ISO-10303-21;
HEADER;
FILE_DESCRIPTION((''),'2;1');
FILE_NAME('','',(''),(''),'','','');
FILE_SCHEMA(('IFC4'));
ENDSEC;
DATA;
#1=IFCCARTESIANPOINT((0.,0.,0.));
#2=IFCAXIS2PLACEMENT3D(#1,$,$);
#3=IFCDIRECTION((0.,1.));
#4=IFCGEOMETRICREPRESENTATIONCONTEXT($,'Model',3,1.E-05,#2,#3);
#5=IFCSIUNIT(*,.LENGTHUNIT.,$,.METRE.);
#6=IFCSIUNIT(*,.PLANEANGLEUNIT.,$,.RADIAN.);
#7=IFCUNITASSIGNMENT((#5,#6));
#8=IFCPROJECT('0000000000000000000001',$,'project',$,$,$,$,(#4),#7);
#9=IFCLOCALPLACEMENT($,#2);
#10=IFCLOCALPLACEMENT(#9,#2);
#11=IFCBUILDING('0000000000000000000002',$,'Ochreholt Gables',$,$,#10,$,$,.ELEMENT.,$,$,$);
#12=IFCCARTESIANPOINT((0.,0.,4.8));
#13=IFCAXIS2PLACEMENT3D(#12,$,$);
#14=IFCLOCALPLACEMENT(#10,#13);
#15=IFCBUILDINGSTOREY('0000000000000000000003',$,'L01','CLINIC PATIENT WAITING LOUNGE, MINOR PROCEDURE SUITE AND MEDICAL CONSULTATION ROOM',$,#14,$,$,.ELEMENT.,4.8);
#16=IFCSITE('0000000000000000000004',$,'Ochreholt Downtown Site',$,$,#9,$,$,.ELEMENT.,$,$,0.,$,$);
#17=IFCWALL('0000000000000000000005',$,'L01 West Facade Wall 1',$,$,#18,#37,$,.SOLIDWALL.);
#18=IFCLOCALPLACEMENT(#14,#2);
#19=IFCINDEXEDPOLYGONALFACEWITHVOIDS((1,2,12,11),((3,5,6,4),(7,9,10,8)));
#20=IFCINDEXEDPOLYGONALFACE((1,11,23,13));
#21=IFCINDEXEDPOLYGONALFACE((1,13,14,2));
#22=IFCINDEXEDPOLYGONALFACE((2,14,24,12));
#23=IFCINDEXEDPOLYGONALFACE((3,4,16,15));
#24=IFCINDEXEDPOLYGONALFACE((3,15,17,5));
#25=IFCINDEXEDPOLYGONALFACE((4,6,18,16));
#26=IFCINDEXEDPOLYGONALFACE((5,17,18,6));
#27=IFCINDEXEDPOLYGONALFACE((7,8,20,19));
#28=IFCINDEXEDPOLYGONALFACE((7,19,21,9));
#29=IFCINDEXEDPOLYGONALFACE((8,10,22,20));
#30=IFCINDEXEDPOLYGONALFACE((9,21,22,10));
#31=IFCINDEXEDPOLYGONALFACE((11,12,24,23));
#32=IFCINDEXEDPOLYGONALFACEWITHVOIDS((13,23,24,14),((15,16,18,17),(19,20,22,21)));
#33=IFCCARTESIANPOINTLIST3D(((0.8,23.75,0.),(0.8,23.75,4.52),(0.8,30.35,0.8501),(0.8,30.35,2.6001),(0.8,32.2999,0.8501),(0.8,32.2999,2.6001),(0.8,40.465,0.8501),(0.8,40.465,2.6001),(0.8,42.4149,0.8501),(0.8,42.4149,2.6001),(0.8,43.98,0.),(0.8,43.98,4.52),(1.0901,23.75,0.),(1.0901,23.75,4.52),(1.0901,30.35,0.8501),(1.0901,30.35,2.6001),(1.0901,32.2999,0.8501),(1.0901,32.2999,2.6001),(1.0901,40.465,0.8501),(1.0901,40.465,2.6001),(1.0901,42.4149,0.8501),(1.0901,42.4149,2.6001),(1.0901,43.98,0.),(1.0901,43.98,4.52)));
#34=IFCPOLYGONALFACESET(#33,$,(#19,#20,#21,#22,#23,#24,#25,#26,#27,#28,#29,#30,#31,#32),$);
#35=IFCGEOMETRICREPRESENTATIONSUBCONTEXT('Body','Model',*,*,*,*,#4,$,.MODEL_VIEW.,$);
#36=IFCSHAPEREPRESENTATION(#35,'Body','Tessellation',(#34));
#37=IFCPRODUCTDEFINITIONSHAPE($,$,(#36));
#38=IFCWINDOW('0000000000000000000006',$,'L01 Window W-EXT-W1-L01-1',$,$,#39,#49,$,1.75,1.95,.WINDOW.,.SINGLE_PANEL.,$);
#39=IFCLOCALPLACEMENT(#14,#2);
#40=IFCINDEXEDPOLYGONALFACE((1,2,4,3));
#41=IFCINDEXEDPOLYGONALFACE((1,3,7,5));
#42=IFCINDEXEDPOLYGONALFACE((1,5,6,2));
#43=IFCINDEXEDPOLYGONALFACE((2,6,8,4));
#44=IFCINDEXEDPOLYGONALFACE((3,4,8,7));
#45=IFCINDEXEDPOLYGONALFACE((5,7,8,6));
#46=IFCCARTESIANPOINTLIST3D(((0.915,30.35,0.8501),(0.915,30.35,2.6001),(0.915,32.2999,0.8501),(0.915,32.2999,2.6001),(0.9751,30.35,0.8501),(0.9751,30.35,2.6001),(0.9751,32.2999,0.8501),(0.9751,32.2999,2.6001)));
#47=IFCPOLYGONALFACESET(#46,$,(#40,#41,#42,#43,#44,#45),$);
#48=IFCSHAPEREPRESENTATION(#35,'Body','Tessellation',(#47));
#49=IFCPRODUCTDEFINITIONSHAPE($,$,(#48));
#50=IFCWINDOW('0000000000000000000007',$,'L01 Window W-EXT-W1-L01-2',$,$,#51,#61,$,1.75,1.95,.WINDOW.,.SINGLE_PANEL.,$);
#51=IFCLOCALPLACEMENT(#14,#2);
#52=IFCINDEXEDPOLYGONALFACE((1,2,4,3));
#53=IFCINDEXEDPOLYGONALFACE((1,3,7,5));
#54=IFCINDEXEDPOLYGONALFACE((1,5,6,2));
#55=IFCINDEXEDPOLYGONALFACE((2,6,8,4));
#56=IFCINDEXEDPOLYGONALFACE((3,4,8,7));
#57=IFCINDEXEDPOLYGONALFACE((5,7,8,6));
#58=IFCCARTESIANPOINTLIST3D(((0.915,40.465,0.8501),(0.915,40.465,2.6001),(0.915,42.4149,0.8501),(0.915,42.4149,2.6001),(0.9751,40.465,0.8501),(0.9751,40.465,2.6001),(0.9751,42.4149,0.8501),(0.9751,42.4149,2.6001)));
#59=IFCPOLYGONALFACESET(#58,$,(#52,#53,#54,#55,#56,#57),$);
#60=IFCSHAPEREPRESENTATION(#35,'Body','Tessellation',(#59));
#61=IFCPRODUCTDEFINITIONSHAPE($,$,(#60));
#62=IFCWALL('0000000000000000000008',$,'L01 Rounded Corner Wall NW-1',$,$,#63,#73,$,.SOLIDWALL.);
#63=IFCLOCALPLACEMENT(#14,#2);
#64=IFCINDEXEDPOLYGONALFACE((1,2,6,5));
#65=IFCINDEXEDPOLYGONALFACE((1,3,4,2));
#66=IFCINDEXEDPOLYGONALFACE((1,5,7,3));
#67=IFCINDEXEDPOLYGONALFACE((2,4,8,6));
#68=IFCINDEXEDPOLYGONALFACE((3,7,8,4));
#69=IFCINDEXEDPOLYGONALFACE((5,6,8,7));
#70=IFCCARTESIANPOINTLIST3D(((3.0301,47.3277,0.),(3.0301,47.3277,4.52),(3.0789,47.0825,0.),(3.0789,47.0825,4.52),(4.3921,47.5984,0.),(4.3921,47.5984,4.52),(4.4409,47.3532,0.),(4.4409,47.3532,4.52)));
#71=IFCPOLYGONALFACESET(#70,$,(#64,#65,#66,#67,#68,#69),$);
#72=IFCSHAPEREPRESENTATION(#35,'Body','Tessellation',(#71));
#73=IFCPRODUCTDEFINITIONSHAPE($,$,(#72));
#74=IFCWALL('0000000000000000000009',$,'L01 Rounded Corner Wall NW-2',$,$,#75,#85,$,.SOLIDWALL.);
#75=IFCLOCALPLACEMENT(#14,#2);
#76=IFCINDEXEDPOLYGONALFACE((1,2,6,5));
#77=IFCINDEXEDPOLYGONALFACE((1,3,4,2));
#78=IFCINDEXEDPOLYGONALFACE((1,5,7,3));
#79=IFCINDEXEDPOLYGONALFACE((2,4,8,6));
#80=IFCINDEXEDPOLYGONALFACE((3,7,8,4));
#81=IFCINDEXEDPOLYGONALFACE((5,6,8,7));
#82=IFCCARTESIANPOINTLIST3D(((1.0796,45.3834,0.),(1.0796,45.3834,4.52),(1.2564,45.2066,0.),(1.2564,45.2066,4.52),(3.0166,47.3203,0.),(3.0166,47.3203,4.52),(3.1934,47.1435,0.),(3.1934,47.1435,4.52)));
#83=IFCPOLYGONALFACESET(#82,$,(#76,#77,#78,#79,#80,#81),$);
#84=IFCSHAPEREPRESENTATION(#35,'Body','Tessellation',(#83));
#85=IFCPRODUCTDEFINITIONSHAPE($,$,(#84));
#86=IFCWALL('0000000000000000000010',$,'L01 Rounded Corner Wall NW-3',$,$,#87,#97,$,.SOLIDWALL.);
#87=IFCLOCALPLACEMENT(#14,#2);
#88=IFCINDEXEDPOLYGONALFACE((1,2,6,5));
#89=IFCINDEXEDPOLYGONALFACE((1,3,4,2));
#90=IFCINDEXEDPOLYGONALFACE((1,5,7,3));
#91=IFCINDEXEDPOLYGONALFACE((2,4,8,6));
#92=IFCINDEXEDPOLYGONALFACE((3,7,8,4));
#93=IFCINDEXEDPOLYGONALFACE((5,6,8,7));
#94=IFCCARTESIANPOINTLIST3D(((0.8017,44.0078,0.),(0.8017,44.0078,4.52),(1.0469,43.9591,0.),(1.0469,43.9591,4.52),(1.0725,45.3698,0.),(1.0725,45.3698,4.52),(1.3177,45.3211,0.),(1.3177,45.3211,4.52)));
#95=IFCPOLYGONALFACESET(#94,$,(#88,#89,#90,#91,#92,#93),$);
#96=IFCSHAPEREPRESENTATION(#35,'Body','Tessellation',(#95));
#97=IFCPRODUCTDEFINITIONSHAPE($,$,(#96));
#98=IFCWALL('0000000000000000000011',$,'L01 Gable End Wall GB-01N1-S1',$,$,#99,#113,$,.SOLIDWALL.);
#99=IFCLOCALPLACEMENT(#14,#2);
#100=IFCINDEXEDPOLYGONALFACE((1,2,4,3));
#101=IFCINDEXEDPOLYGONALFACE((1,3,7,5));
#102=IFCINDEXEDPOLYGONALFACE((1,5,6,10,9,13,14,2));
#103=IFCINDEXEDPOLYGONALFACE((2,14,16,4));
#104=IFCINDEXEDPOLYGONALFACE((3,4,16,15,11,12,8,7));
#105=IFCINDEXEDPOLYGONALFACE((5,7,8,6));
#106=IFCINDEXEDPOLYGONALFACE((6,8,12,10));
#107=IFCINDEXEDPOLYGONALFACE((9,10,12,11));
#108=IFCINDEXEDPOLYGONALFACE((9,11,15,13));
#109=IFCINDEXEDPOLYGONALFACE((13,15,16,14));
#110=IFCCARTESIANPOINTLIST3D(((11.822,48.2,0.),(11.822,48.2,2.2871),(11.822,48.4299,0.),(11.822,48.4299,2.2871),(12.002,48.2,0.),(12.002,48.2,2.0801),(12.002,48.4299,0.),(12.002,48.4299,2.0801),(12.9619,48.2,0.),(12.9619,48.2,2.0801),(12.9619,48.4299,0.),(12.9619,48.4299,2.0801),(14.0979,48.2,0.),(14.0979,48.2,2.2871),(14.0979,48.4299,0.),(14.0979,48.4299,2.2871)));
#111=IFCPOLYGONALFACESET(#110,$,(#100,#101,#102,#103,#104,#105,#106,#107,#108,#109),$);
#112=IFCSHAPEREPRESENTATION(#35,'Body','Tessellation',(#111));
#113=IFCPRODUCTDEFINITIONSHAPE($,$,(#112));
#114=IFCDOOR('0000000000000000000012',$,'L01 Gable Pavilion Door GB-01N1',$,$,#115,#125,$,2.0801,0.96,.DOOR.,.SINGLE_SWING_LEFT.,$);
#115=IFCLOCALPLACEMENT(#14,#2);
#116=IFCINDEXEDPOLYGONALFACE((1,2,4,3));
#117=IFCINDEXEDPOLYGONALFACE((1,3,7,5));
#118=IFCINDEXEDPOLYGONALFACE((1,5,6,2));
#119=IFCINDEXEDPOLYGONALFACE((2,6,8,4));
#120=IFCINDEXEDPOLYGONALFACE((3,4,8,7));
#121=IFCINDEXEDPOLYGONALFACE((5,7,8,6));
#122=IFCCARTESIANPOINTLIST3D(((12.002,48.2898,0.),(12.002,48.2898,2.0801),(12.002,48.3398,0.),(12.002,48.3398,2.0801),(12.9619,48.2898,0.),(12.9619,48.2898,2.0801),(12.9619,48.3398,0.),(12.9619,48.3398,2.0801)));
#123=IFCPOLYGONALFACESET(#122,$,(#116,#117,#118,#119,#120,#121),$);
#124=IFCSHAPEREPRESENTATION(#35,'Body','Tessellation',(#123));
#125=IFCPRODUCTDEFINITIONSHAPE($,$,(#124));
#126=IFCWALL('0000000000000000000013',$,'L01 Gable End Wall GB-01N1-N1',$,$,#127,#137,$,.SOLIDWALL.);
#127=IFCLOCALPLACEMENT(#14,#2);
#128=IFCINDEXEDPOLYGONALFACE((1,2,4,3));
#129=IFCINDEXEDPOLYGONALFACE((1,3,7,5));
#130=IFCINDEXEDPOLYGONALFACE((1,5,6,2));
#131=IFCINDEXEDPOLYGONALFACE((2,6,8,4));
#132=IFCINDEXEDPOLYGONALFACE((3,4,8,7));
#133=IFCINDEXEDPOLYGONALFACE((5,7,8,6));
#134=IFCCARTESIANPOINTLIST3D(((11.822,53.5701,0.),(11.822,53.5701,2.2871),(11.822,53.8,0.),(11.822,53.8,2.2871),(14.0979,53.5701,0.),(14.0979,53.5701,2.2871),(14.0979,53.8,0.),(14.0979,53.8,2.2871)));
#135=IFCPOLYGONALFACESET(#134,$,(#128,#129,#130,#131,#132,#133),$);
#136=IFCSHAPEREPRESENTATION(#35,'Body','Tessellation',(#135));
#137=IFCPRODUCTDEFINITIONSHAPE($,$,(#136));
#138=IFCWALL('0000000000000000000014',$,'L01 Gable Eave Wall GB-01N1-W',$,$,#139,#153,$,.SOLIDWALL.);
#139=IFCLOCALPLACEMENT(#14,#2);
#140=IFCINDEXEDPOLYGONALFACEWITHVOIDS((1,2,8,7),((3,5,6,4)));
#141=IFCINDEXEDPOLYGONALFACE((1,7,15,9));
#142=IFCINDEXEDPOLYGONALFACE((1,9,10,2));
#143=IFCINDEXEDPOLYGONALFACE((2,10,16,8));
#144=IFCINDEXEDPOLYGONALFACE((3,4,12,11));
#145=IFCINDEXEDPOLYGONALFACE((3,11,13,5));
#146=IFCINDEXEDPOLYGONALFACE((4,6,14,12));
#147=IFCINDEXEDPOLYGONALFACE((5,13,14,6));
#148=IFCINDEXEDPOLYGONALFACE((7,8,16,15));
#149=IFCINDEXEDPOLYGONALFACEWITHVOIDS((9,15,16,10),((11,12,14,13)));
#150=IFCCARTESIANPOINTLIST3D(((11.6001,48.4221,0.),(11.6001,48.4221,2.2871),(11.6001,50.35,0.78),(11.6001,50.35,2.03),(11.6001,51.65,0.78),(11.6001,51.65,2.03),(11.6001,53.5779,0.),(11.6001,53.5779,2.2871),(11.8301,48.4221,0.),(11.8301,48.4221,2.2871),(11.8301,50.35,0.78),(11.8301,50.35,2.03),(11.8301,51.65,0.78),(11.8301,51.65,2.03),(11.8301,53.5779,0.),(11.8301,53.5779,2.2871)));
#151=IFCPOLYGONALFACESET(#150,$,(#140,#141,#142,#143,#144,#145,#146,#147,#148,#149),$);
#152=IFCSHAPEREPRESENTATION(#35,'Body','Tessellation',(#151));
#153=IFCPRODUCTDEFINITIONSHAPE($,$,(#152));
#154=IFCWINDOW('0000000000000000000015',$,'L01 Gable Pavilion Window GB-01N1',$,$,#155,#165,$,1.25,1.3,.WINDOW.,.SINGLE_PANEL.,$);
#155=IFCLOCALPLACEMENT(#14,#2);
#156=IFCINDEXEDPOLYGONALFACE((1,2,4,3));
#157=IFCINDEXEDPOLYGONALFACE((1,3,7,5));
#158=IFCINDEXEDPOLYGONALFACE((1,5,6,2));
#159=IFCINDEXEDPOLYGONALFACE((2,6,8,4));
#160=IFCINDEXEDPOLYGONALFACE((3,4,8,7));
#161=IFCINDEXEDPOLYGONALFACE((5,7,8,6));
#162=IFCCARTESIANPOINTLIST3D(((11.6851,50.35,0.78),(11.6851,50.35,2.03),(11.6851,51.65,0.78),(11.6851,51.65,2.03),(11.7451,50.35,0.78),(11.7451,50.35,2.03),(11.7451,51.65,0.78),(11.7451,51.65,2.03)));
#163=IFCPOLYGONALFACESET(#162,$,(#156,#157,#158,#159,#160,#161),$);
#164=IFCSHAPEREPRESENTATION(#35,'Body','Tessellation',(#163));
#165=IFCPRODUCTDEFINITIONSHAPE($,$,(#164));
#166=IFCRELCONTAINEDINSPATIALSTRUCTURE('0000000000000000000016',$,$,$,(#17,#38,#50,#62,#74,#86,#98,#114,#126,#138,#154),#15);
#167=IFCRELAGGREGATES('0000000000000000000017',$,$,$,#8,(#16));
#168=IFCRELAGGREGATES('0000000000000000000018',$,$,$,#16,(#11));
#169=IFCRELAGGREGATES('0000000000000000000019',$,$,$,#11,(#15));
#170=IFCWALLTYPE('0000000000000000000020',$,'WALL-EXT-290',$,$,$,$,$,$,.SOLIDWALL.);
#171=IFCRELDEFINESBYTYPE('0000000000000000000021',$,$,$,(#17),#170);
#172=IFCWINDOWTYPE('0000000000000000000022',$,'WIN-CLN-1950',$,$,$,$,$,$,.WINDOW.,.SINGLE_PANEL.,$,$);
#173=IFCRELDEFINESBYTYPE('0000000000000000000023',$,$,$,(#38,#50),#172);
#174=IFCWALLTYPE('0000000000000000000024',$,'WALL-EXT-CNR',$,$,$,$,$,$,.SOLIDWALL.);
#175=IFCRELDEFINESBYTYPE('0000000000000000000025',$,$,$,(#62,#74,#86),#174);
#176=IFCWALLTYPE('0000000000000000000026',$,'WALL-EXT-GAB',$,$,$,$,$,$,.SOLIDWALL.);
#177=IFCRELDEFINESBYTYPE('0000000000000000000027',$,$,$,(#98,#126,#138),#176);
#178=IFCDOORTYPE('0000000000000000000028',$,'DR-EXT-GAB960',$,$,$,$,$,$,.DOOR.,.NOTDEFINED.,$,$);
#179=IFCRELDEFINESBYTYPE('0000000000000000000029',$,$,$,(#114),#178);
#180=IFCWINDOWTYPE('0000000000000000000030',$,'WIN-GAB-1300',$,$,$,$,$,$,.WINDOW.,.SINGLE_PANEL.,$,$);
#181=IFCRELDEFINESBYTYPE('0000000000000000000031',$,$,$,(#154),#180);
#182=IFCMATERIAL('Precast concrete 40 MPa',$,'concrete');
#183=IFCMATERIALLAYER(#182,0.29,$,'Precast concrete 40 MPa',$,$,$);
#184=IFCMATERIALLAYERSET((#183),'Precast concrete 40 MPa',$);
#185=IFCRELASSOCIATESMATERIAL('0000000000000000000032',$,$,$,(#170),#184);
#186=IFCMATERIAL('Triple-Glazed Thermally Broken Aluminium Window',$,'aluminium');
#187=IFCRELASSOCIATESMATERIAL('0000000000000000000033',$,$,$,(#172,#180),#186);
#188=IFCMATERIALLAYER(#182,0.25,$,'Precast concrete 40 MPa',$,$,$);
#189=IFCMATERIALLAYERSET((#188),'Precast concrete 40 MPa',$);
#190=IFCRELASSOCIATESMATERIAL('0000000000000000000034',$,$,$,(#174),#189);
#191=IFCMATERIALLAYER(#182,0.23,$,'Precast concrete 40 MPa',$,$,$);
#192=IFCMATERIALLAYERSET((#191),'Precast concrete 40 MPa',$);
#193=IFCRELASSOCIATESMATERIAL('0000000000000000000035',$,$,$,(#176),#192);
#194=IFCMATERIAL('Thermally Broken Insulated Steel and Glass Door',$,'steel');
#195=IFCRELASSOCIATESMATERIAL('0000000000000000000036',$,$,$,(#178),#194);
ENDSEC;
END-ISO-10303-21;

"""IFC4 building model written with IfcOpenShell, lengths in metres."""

from ifc_helpers import new_model, si_unit, direction, frame, frame_2d, origin, place, context, subcontext, project, spatial, rectangle, extrude, material, layer, layer_set, type_object, element, fill, save


model = new_model("IFC4")

# Units and contexts
model_context = context("Model", 3, precision=1e-05, world=origin(), true_north=direction((0.0, 1.0)))
body_context = subcontext(model_context, "Body", "Model", "MODEL_VIEW")
ifc_project = project(units=[si_unit("LENGTHUNIT", "METRE"), si_unit("PLANEANGLEUNIT", "RADIAN")], contexts=[model_context])

# Site, building, storey
site_placement = place(None, origin())
site = spatial("IfcSite", under=ifc_project, at=site_placement, Name="Ochreholt Downtown Site", CompositionType="ELEMENT", RefElevation=0.0)
building_placement = place(site_placement, origin())
building = spatial("IfcBuilding", under=site, at=building_placement, Name="Ochreholt Gables", CompositionType="ELEMENT")
storey_placement = place(building_placement, frame((0.0, 0.0, 4.8)))
storey = spatial("IfcBuildingStorey", under=building, at=storey_placement, Name="L01", Description="CLINIC PATIENT WAITING LOUNGE, MINOR PROCEDURE SUITE AND MEDICAL CONSULTATION ROOM", CompositionType="ELEMENT", Elevation=4.8)

# Shared definitions
ifc_material_1 = material(Name="Precast concrete 40 MPa", Category="concrete")

# Wall, openings, windows
ifc_layer_1 = layer(ifc_material_1, 0.29, Name="Precast concrete 40 MPa")
ifc_layer_set_1 = layer_set([ifc_layer_1], Name="Precast concrete 40 MPa")
wall_type_1 = type_object("IfcWallType", Name="WALL-EXT-290", PredefinedType="SOLIDWALL", material=ifc_layer_set_1)
wall_1_placement = place(storey_placement, frame((0.9451, 43.98, 0.0), z_axis=(0.0, 0.0, 1.0), x_axis=(0.0, -1.0, 0.0)))
wall_1 = element("IfcWall", 1, at=wall_1_placement, inside=storey, type_object=wall_type_1, Name="L01 West Facade Wall 1", PredefinedType="SOLIDWALL", context=body_context, shape_type="SweptSolid", body=[
    extrude(rectangle(XDim=20.23, YDim=0.29, at=frame_2d((10.115, 0.0))), origin(), (0.0, 0.0, 1.0), 4.52),
])
opening_1_placement = place(wall_1_placement, frame((11.6799, 0.0, 0.8501)))
opening_1 = element("IfcOpeningElement", 2, at=opening_1_placement, cuts=wall_1, PredefinedType="OPENING", context=body_context, shape_type="SweptSolid", body=[
    extrude(rectangle(XDim=1.95, YDim=1.75, at=frame_2d((0.9751, 0.875))), frame((0.0, 0.155, 0.0), z_axis=(0.0, -1.0, 0.0), x_axis=(1.0, 0.0, 0.0)), (0.0, 0.0, 1.0), 0.3101),
])
opening_2_placement = place(wall_1_placement, frame((1.5649, 0.0, 0.8501)))
opening_2 = element("IfcOpeningElement", 3, at=opening_2_placement, cuts=wall_1, PredefinedType="OPENING", context=body_context, shape_type="SweptSolid", body=[
    extrude(rectangle(XDim=1.95, YDim=1.75, at=frame_2d((0.9751, 0.875))), frame((0.0, 0.155, 0.0), z_axis=(0.0, -1.0, 0.0), x_axis=(1.0, 0.0, 0.0)), (0.0, 0.0, 1.0), 0.3101),
])
ifc_material_2 = material(Name="Triple-Glazed Thermally Broken Aluminium Window", Category="aluminium")
window_type_1 = type_object("IfcWindowType", Name="WIN-CLN-1950", PartitioningType="SINGLE_PANEL", PredefinedType="WINDOW", material=ifc_material_2)
window_1_placement = place(opening_1_placement, origin())
window_1 = element("IfcWindow", 4, at=window_1_placement, inside=storey, type_object=window_type_1, Name="L01 Window W-EXT-W1-L01-1", OverallHeight=1.75, OverallWidth=1.95, PartitioningType="SINGLE_PANEL", PredefinedType="WINDOW", context=body_context, shape_type="SweptSolid", body=[
    extrude(rectangle(XDim=1.95, YDim=1.75, at=frame_2d((0.9751, 0.875))), frame((0.0, 0.03, 0.0), z_axis=(0.0, -1.0, 0.0), x_axis=(1.0, 0.0, 0.0)), (0.0, 0.0, 1.0), 0.0601),
])
fill(opening_1, window_1)
window_2_placement = place(opening_2_placement, origin())
window_2 = element("IfcWindow", 5, at=window_2_placement, inside=storey, type_object=window_type_1, Name="L01 Window W-EXT-W1-L01-2", OverallHeight=1.75, OverallWidth=1.95, PartitioningType="SINGLE_PANEL", PredefinedType="WINDOW", context=body_context, shape_type="SweptSolid", body=[
    extrude(rectangle(XDim=1.95, YDim=1.75, at=frame_2d((0.9751, 0.875))), frame((0.0, 0.03, 0.0), z_axis=(0.0, -1.0, 0.0), x_axis=(1.0, 0.0, 0.0)), (0.0, 0.0, 1.0), 0.0601),
])
fill(opening_2, window_2)

# Walls
ifc_layer_2 = layer(ifc_material_1, 0.25, Name="Precast concrete 40 MPa")
ifc_layer_set_2 = layer_set([ifc_layer_2], Name="Precast concrete 40 MPa")
wall_type_2 = type_object("IfcWallType", Name="WALL-EXT-CNR", PredefinedType="SOLIDWALL", material=ifc_layer_set_2)
wall_2_placement = place(storey_placement, frame((4.4165, 47.4758, 0.0), z_axis=(0.0, 0.0, 1.0), x_axis=(-0.98081, -0.194967, 0.0)))
element("IfcWall", 6, at=wall_2_placement, inside=storey, type_object=wall_type_2, Name="L01 Rounded Corner Wall NW-1", PredefinedType="SOLIDWALL", context=body_context, shape_type="SweptSolid", body=[
    extrude(rectangle(XDim=1.3887, YDim=0.25, at=frame_2d((0.6943, 0.0))), origin(), (0.0, 0.0, 1.0), 4.52),
])
wall_3_placement = place(storey_placement, frame((3.105, 47.2319, 0.0), z_axis=(0.0, 0.0, 1.0), x_axis=(-0.707107, -0.707107, 0.0)))
element("IfcWall", 7, at=wall_3_placement, inside=storey, type_object=wall_type_2, Name="L01 Rounded Corner Wall NW-2", PredefinedType="SOLIDWALL", context=body_context, shape_type="SweptSolid", body=[
    extrude(rectangle(XDim=2.7393, YDim=0.25, at=frame_2d((1.3696, 0.0))), origin(), (0.0, 0.0, 1.0), 4.52),
])
wall_4_placement = place(storey_placement, frame((1.1951, 45.3455, 0.0), z_axis=(0.0, 0.0, 1.0), x_axis=(-0.194967, -0.98081, 0.0)))
element("IfcWall", 8, at=wall_4_placement, inside=storey, type_object=wall_type_2, Name="L01 Rounded Corner Wall NW-3", PredefinedType="SOLIDWALL", context=body_context, shape_type="SweptSolid", body=[
    extrude(rectangle(XDim=1.3887, YDim=0.25, at=frame_2d((0.6943, 0.0))), origin(), (0.0, 0.0, 1.0), 4.52),
])

# Wall, opening, door
ifc_layer_3 = layer(ifc_material_1, 0.23, Name="Precast concrete 40 MPa")
ifc_layer_set_3 = layer_set([ifc_layer_3], Name="Precast concrete 40 MPa")
wall_type_3 = type_object("IfcWallType", Name="WALL-EXT-GAB", PredefinedType="SOLIDWALL", material=ifc_layer_set_3)
wall_5_placement = place(storey_placement, frame((11.822, 48.3149, 0.0), z_axis=(0.0, 0.0, 1.0), x_axis=(1.0, 0.0, 0.0)))
wall_5 = element("IfcWall", 9, at=wall_5_placement, inside=storey, type_object=wall_type_3, Name="L01 Gable End Wall GB-01N1-S1", PredefinedType="SOLIDWALL", context=body_context, shape_type="SweptSolid", body=[
    extrude(rectangle(XDim=2.2759, YDim=0.23, at=frame_2d((1.1379, 0.0))), origin(), (0.0, 0.0, 1.0), 2.2871),
])
opening_3_placement = place(wall_5_placement, frame((0.1799, 0.0, 0.0)))
opening_3 = element("IfcOpeningElement", 10, at=opening_3_placement, cuts=wall_5, PredefinedType="OPENING", context=body_context, shape_type="SweptSolid", body=[
    extrude(rectangle(XDim=0.96, YDim=2.0801, at=frame_2d((0.48, 1.04))), frame((0.0, 0.125, 0.0), z_axis=(0.0, -1.0, 0.0), x_axis=(1.0, 0.0, 0.0)), (0.0, 0.0, 1.0), 0.25),
])
ifc_material_3 = material(Name="Thermally Broken Insulated Steel and Glass Door", Category="steel")
door_type = type_object("IfcDoorType", Name="DR-EXT-GAB960", OperationType="NOTDEFINED", PredefinedType="DOOR", material=ifc_material_3)
door_placement = place(opening_3_placement, origin())
door = element("IfcDoor", 11, at=door_placement, inside=storey, type_object=door_type, Name="L01 Gable Pavilion Door GB-01N1", OperationType="SINGLE_SWING_LEFT", OverallHeight=2.0801, OverallWidth=0.96, PredefinedType="DOOR", context=body_context, shape_type="SweptSolid", body=[
    extrude(rectangle(XDim=0.96, YDim=2.0801, at=frame_2d((0.48, 1.04))), frame((0.0, 0.0249, 0.0), z_axis=(0.0, -1.0, 0.0), x_axis=(1.0, 0.0, 0.0)), (0.0, 0.0, 1.0), 0.05),
])
fill(opening_3, door)

# Wall
wall_6_placement = place(storey_placement, frame((11.822, 53.6851, 0.0), z_axis=(0.0, 0.0, 1.0), x_axis=(1.0, 0.0, 0.0)))
element("IfcWall", 12, at=wall_6_placement, inside=storey, type_object=wall_type_3, Name="L01 Gable End Wall GB-01N1-N1", PredefinedType="SOLIDWALL", context=body_context, shape_type="SweptSolid", body=[
    extrude(rectangle(XDim=2.2759, YDim=0.23, at=frame_2d((1.1379, 0.0))), origin(), (0.0, 0.0, 1.0), 2.2871),
])

# Wall, opening, window
wall_7_placement = place(storey_placement, frame((11.7151, 48.4221, 0.0), z_axis=(0.0, 0.0, 1.0), x_axis=(0.0, 1.0, 0.0)))
wall_7 = element("IfcWall", 13, at=wall_7_placement, inside=storey, type_object=wall_type_3, Name="L01 Gable Eave Wall GB-01N1-W", PredefinedType="SOLIDWALL", context=body_context, shape_type="SweptSolid", body=[
    extrude(rectangle(XDim=5.1558, YDim=0.23, at=frame_2d((2.5779, 0.0))), origin(), (0.0, 0.0, 1.0), 2.2871),
])
opening_4_placement = place(wall_7_placement, frame((1.928, 0.0, 0.78)))
opening_4 = element("IfcOpeningElement", 14, at=opening_4_placement, cuts=wall_7, PredefinedType="OPENING", context=body_context, shape_type="SweptSolid", body=[
    extrude(rectangle(XDim=1.3, YDim=1.25, at=frame_2d((0.6499, 0.625))), frame((0.0, 0.125, 0.0), z_axis=(0.0, -1.0, 0.0), x_axis=(1.0, 0.0, 0.0)), (0.0, 0.0, 1.0), 0.25),
])
window_type_2 = type_object("IfcWindowType", Name="WIN-GAB-1300", PartitioningType="SINGLE_PANEL", PredefinedType="WINDOW", material=ifc_material_2)
window_3_placement = place(opening_4_placement, origin())
window_3 = element("IfcWindow", 15, at=window_3_placement, inside=storey, type_object=window_type_2, Name="L01 Gable Pavilion Window GB-01N1", OverallHeight=1.25, OverallWidth=1.3, PartitioningType="SINGLE_PANEL", PredefinedType="WINDOW", context=body_context, shape_type="SweptSolid", body=[
    extrude(rectangle(XDim=1.3, YDim=1.25, at=frame_2d((0.6499, 0.625))), frame((0.0, 0.03, 0.0), z_axis=(0.0, -1.0, 0.0), x_axis=(1.0, 0.0, 0.0)), (0.0, 0.0, 1.0), 0.0601),
])
fill(opening_4, window_3)

save(model, "model.ifc")
